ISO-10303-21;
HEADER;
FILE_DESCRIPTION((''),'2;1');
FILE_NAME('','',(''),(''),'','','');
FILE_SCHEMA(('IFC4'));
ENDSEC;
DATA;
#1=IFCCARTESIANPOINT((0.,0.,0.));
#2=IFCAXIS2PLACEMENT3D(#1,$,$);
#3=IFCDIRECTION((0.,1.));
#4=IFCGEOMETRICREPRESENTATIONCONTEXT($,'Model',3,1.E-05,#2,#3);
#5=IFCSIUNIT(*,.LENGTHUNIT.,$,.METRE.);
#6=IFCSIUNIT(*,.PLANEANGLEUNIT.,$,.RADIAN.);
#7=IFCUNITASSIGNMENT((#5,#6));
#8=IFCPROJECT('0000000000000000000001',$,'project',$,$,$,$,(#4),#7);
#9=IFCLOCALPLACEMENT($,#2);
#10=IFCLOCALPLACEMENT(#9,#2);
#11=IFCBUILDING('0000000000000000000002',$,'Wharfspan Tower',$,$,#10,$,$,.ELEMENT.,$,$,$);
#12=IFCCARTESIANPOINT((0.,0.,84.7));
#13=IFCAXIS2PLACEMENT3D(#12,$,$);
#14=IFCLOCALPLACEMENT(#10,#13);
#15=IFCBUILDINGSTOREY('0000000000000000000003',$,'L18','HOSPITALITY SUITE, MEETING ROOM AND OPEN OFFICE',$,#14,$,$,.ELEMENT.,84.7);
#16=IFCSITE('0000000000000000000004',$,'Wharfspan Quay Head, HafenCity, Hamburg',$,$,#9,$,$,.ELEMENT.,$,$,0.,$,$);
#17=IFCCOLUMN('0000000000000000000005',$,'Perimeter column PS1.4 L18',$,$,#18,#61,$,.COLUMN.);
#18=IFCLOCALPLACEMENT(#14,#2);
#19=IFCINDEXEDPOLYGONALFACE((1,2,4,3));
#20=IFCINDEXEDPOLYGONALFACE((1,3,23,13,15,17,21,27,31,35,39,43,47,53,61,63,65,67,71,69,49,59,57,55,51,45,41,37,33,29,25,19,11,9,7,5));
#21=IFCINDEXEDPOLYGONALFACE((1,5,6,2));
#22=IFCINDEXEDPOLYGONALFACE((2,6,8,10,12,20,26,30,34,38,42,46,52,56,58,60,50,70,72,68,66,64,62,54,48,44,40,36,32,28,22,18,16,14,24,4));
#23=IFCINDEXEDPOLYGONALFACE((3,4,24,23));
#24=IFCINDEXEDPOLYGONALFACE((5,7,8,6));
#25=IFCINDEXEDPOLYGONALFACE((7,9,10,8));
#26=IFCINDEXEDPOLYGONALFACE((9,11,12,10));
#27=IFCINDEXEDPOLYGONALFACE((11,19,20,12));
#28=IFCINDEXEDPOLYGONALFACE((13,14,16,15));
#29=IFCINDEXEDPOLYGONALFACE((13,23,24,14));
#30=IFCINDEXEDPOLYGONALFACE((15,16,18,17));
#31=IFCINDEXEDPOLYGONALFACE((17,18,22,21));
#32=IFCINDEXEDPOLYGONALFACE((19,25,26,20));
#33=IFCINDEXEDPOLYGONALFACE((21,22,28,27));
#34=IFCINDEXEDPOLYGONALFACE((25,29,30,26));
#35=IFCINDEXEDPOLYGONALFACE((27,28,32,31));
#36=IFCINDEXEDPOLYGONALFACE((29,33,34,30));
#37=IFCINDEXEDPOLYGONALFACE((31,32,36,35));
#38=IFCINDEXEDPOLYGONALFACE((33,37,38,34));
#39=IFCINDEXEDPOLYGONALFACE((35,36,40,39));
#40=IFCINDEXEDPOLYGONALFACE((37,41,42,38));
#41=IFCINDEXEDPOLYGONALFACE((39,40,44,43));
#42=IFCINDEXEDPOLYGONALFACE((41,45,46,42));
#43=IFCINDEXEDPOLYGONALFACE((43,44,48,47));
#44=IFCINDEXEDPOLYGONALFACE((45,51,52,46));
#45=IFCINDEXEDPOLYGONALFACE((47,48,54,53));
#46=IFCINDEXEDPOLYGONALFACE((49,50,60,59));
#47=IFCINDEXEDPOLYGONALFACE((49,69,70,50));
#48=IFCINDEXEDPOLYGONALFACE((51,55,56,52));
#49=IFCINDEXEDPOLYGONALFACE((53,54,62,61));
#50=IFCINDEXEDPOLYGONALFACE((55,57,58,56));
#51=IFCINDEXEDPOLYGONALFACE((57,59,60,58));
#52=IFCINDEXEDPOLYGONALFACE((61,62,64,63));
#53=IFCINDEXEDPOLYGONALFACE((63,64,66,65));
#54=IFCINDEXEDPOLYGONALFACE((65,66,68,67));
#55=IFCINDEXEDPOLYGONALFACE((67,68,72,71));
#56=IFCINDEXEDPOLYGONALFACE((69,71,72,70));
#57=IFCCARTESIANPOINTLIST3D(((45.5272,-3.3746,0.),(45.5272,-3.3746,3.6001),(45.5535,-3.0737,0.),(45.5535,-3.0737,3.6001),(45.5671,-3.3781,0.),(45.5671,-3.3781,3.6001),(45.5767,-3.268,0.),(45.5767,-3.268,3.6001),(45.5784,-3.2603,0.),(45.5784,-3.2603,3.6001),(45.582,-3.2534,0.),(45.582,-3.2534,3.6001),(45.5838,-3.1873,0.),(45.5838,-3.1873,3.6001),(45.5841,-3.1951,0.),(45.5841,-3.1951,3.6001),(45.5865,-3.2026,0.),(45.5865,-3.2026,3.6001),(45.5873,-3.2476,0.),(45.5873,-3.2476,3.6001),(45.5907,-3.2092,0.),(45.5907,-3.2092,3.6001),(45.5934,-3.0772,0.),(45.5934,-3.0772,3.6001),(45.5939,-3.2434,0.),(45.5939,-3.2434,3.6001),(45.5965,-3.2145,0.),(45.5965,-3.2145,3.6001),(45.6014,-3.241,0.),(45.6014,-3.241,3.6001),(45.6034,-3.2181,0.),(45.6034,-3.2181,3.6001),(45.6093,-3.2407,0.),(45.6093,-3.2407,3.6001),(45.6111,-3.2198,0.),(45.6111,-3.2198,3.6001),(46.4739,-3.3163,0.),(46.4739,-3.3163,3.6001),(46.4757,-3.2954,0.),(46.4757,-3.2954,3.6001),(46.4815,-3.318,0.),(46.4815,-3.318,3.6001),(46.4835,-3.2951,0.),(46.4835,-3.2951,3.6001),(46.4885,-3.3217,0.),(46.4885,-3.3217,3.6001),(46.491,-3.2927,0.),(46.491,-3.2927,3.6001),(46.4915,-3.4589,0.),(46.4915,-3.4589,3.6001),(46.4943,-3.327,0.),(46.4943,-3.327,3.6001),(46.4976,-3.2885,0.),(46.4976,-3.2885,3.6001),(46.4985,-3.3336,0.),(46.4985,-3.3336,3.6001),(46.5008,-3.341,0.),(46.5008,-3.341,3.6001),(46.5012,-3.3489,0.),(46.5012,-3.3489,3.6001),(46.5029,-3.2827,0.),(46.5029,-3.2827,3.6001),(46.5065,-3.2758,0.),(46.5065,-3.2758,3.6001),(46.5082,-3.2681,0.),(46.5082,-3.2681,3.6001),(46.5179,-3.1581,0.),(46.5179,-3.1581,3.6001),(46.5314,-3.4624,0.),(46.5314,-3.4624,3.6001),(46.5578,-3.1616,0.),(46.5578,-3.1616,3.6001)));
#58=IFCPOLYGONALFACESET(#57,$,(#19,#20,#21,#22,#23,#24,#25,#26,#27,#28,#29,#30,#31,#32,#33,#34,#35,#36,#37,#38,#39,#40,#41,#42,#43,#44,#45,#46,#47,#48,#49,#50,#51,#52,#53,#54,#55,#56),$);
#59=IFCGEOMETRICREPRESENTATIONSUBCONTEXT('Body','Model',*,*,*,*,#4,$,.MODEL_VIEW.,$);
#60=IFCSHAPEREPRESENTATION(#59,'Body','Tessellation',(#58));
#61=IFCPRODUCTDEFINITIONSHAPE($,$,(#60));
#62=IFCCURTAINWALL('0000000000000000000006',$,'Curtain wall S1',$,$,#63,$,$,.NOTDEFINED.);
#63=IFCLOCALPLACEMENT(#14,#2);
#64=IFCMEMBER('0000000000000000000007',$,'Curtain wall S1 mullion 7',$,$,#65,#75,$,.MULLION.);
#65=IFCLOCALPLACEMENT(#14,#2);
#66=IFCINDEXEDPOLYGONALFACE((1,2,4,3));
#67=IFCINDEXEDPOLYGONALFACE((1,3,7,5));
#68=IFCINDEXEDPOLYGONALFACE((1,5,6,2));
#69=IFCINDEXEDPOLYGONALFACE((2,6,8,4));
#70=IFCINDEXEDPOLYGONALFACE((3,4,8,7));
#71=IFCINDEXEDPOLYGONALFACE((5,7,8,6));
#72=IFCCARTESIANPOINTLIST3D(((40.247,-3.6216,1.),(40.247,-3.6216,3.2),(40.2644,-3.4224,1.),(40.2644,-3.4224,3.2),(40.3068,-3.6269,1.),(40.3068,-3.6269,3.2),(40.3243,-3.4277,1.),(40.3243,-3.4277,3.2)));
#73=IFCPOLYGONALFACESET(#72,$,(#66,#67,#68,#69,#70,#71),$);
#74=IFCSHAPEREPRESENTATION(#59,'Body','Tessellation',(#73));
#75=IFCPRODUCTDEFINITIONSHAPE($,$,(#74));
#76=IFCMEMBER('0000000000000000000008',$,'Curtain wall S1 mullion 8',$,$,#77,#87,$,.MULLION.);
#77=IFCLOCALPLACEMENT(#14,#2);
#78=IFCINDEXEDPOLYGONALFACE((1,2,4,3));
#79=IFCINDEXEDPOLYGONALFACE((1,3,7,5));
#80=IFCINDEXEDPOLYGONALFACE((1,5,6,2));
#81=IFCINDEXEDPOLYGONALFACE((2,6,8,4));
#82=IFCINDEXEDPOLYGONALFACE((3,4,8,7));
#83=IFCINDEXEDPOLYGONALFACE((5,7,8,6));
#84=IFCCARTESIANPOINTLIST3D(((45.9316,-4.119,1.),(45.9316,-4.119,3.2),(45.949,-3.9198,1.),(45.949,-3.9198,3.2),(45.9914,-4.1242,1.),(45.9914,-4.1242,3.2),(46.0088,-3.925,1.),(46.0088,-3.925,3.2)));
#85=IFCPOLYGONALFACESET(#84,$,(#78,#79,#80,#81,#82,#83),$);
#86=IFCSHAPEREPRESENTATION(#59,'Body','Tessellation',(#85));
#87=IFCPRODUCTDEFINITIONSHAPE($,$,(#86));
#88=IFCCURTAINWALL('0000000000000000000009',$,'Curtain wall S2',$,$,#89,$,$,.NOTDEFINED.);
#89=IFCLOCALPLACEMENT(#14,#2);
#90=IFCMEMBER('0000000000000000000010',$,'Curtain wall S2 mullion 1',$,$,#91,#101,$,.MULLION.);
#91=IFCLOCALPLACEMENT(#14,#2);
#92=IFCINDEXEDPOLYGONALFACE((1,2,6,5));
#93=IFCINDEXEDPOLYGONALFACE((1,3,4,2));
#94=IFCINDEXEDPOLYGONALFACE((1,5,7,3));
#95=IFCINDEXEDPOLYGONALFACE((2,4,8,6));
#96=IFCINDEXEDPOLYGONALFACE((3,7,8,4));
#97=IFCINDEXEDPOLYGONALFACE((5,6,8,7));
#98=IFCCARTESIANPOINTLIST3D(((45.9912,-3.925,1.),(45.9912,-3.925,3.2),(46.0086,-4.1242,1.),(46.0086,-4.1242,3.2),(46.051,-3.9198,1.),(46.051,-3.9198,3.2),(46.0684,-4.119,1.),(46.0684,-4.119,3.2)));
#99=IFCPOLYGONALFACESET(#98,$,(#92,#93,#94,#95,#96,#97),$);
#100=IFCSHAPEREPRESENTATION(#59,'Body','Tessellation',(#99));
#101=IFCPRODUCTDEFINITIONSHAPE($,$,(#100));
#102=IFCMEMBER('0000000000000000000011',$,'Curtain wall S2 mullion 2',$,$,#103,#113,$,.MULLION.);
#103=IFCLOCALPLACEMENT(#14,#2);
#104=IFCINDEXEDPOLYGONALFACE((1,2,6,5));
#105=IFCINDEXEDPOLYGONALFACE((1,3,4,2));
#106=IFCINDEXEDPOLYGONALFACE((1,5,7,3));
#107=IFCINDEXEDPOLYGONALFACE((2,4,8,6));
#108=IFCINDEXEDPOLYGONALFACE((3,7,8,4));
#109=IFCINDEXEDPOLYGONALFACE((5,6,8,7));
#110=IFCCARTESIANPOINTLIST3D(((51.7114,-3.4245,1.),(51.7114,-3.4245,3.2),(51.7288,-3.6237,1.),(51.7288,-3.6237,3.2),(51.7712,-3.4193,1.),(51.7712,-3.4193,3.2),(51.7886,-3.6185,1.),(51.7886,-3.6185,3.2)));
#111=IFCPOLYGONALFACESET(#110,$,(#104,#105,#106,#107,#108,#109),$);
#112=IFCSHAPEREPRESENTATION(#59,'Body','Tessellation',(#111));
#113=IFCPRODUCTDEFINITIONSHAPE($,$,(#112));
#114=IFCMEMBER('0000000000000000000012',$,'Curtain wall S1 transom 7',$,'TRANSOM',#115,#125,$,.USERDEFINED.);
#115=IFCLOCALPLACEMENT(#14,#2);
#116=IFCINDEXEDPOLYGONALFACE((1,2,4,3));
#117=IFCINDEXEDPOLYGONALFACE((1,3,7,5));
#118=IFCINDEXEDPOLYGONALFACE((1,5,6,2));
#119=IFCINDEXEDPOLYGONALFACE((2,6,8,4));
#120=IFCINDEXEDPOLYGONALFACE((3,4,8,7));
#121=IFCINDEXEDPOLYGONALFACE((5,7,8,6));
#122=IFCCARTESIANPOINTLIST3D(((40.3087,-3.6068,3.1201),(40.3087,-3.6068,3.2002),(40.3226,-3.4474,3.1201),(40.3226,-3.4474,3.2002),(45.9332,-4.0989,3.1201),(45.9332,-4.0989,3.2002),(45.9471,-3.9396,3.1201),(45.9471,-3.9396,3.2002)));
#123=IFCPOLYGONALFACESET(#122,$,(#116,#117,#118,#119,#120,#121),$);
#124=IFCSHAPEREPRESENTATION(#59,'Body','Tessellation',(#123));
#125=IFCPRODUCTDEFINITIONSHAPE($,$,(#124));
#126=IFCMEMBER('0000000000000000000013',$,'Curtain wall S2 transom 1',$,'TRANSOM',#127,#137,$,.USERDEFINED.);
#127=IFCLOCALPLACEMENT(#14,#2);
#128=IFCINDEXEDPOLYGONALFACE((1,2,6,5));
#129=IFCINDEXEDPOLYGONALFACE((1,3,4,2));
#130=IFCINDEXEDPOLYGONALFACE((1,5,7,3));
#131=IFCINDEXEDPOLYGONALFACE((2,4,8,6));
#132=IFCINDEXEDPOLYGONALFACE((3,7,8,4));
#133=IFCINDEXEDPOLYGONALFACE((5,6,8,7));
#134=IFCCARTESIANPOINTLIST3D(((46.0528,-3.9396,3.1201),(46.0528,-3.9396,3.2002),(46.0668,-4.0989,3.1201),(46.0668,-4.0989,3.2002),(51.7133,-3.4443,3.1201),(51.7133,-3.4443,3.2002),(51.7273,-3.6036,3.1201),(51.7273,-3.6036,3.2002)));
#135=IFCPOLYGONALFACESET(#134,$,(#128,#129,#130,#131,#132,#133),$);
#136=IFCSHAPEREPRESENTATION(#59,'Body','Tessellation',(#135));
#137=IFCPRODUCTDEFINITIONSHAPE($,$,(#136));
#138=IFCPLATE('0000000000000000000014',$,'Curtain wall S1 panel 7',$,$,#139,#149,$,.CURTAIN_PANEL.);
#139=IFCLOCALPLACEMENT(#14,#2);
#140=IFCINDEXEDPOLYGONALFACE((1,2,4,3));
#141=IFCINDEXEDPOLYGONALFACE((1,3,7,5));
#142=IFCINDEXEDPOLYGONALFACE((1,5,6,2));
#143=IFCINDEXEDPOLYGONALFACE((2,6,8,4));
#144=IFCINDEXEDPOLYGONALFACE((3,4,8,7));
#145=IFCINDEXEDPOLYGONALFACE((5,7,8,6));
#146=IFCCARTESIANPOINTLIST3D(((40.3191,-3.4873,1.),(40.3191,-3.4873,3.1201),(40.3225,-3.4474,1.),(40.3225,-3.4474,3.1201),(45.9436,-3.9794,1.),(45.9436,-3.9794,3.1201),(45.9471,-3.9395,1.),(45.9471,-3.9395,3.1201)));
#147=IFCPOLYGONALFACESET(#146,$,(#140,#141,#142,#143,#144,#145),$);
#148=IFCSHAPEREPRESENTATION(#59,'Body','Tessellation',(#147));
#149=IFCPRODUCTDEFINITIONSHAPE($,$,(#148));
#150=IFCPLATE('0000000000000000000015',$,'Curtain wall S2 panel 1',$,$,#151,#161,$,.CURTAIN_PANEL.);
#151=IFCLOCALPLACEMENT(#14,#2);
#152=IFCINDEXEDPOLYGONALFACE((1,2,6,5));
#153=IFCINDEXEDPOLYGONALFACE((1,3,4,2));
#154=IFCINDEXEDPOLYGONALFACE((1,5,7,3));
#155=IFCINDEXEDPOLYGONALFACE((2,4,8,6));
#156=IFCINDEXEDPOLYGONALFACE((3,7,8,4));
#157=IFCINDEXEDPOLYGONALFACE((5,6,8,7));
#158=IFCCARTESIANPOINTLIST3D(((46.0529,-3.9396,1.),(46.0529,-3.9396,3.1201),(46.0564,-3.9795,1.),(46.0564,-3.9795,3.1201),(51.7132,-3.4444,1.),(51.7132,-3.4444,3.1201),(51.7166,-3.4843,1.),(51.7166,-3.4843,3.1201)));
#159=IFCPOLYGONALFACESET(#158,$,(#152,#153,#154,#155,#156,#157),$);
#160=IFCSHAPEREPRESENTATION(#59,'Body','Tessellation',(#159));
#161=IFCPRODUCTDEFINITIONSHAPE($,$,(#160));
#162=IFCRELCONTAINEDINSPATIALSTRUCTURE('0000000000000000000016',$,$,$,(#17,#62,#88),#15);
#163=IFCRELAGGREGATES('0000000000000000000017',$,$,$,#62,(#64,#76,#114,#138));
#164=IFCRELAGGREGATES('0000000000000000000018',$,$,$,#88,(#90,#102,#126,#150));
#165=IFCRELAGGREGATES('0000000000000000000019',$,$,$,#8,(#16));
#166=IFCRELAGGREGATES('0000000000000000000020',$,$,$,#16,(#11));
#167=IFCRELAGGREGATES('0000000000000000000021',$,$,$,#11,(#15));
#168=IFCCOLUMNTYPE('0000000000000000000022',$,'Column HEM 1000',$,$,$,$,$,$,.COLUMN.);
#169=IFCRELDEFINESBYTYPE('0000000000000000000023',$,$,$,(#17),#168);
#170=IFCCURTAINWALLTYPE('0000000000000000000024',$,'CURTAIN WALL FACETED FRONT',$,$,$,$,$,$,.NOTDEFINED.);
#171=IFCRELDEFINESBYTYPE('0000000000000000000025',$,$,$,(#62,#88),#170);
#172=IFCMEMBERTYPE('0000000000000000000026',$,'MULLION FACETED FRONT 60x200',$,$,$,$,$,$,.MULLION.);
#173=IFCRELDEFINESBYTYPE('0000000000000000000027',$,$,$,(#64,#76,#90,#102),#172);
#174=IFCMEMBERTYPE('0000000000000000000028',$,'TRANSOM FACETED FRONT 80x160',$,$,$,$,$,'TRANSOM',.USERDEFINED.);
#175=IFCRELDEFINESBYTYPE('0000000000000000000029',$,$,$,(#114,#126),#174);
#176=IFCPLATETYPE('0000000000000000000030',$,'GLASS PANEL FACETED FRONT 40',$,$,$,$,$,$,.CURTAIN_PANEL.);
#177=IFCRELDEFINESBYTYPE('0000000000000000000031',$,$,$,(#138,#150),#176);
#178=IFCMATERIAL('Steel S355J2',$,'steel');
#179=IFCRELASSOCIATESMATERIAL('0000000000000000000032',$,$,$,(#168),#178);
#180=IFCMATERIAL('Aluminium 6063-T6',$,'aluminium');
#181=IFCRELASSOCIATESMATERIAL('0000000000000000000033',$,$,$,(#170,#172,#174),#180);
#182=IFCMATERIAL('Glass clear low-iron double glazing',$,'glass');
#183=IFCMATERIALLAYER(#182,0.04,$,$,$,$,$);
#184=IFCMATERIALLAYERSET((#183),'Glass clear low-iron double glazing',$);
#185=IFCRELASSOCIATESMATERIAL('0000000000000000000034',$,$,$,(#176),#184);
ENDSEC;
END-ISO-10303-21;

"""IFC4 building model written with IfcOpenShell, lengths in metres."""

from ifc_helpers import new_model, si_unit, direction, frame, origin, origin_2d, place, context, subcontext, project, spatial, rectangle, i_section, extrude, material, layer, layer_set, material_profile, profile_set, type_object, element, aggregate, save


model = new_model("IFC4")

# Units and contexts
model_context = context("Model", 3, precision=1e-05, world=origin(), true_north=direction((0.0, 1.0)))
body_context = subcontext(model_context, "Body", "Model", "MODEL_VIEW")
ifc_project = project(units=[si_unit("LENGTHUNIT", "METRE"), si_unit("PLANEANGLEUNIT", "RADIAN")], contexts=[model_context])

# Site, building, storey
site_placement = place(None, origin())
site = spatial("IfcSite", under=ifc_project, at=site_placement, Name="Wharfspan Quay Head, HafenCity, Hamburg", CompositionType="ELEMENT", RefElevation=0.0)
building_placement = place(site_placement, origin())
building = spatial("IfcBuilding", under=site, at=building_placement, Name="Wharfspan Tower", CompositionType="ELEMENT")
storey_placement = place(building_placement, frame((0.0, 0.0, 84.7)))
storey = spatial("IfcBuildingStorey", under=building, at=storey_placement, Name="L18", Description="HOSPITALITY SUITE, MEETING ROOM AND OPEN OFFICE", CompositionType="ELEMENT", Elevation=84.7)

# Column
ifc_material_1 = material(Name="Steel S355J2", Category="steel")
ifc_material_profile_1 = material_profile(ifc_material_1, i_section(OverallWidth=0.302, OverallDepth=1.0081, WebThickness=0.021, FlangeThickness=0.04, FilletRadius=0.03, at=origin_2d()))
ifc_profile_set_1 = profile_set([ifc_material_profile_1], Name="Steel S355J2")
column_type = type_object("IfcColumnType", Name="Column HEM 1000", PredefinedType="COLUMN", material=ifc_profile_set_1)
column_placement = place(storey_placement, frame((46.0425, -3.2681, 0.0), z_axis=(0.0, 0.0, 1.0), x_axis=(-0.087156, -0.996198, 0.0)))
element("IfcColumn", 1, at=column_placement, inside=storey, type_object=column_type, Name="Perimeter column PS1.4 L18", PredefinedType="COLUMN", context=body_context, shape_type="SweptSolid", body=[
    extrude(i_section(OverallWidth=0.302, OverallDepth=1.0081, WebThickness=0.021, FlangeThickness=0.04, FilletRadius=0.03, at=origin_2d()), origin(), (0.0, 0.0, 1.0), 3.6001),
])

# Curtain walls, members
ifc_material_2 = material(Name="Aluminium 6063-T6", Category="aluminium")
curtain_wall_type = type_object("IfcCurtainWallType", Name="CURTAIN WALL FACETED FRONT", PredefinedType="NOTDEFINED", material=ifc_material_2)
curtain_wall_1_placement = place(storey_placement, origin())
curtain_wall_1 = element("IfcCurtainWall", 2, at=curtain_wall_1_placement, inside=storey, type_object=curtain_wall_type, Name="Curtain wall S1", PredefinedType="NOTDEFINED")
ifc_material_profile_2 = material_profile(ifc_material_2, rectangle(XDim=0.2, YDim=0.0601, at=origin_2d()))
ifc_profile_set_2 = profile_set([ifc_material_profile_2], Name="Aluminium 6063-T6")
member_type_1 = type_object("IfcMemberType", Name="MULLION FACETED FRONT 60x200", PredefinedType="MULLION", material=ifc_profile_set_2)
member_1_placement = place(storey_placement, frame((40.2856, -3.5247, 1.0), z_axis=(0.0, 0.0, 1.0), x_axis=(0.087156, 0.996197, 0.0)))
member_1 = element("IfcMember", 3, at=member_1_placement, type_object=member_type_1, Name="Curtain wall S1 mullion 7", PredefinedType="MULLION", context=body_context, shape_type="SweptSolid", body=[
    extrude(rectangle(XDim=0.2, YDim=0.0601, at=origin_2d()), origin(), (0.0, 0.0, 1.0), 2.2),
])
member_2_placement = place(storey_placement, frame((45.9702, -4.022, 1.0), z_axis=(0.0, 0.0, 1.0), x_axis=(0.087156, 0.996197, 0.0)))
member_2 = element("IfcMember", 4, at=member_2_placement, type_object=member_type_1, Name="Curtain wall S1 mullion 8", PredefinedType="MULLION", context=body_context, shape_type="SweptSolid", body=[
    extrude(rectangle(XDim=0.2, YDim=0.0601, at=origin_2d()), origin(), (0.0, 0.0, 1.0), 2.2),
])
curtain_wall_2_placement = place(storey_placement, origin())
curtain_wall_2 = element("IfcCurtainWall", 5, at=curtain_wall_2_placement, inside=storey, type_object=curtain_wall_type, Name="Curtain wall S2", PredefinedType="NOTDEFINED")
member_3_placement = place(storey_placement, frame((46.0298, -4.022, 1.0), z_axis=(0.0, 0.0, 1.0), x_axis=(-0.087156, 0.996197, 0.0)))
member_3 = element("IfcMember", 6, at=member_3_placement, type_object=member_type_1, Name="Curtain wall S2 mullion 1", PredefinedType="MULLION", context=body_context, shape_type="SweptSolid", body=[
    extrude(rectangle(XDim=0.2, YDim=0.0601, at=origin_2d()), origin(), (0.0, 0.0, 1.0), 2.2),
])
member_4_placement = place(storey_placement, frame((51.75, -3.5215, 1.0), z_axis=(0.0, 0.0, 1.0), x_axis=(-0.087156, 0.996197, 0.0)))
member_4 = element("IfcMember", 7, at=member_4_placement, type_object=member_type_1, Name="Curtain wall S2 mullion 2", PredefinedType="MULLION", context=body_context, shape_type="SweptSolid", body=[
    extrude(rectangle(XDim=0.2, YDim=0.0601, at=origin_2d()), origin(), (0.0, 0.0, 1.0), 2.2),
])

# Members
ifc_material_profile_3 = material_profile(ifc_material_2, rectangle(XDim=0.1599, YDim=0.0801, at=origin_2d()))
ifc_profile_set_3 = profile_set([ifc_material_profile_3], Name="Aluminium 6063-T6")
member_type_2 = type_object("IfcMemberType", Name="TRANSOM FACETED FRONT 80x160", ElementType="TRANSOM", PredefinedType="USERDEFINED", material=ifc_profile_set_3)
member_5_placement = place(storey_placement, frame((40.3157, -3.5271, 3.1602), z_axis=(0.996193, -0.087174, 0.0), x_axis=(0.087174, 0.996193, 0.0)))
member_5 = element("IfcMember", 8, at=member_5_placement, type_object=member_type_2, Name="Curtain wall S1 transom 7", ObjectType="TRANSOM", PredefinedType="USERDEFINED", context=body_context, shape_type="SweptSolid", body=[
    extrude(rectangle(XDim=0.1599, YDim=0.0801, at=origin_2d()), origin(), (0.0, 0.0, 1.0), 5.646),
])
member_6_placement = place(storey_placement, frame((46.0598, -4.0193, 3.1602), z_axis=(0.996193, 0.08718, 0.0), x_axis=(-0.08718, 0.996193, 0.0)))
member_6 = element("IfcMember", 9, at=member_6_placement, type_object=member_type_2, Name="Curtain wall S2 transom 1", ObjectType="TRANSOM", PredefinedType="USERDEFINED", context=body_context, shape_type="SweptSolid", body=[
    extrude(rectangle(XDim=0.1599, YDim=0.0801, at=origin_2d()), origin(), (0.0, 0.0, 1.0), 5.6821),
])

# Plates
ifc_material_3 = material(Name="Glass clear low-iron double glazing", Category="glass")
ifc_layer_1 = layer(ifc_material_3, 0.04)
ifc_layer_set_1 = layer_set([ifc_layer_1], Name="Glass clear low-iron double glazing")
plate_type = type_object("IfcPlateType", Name="GLASS PANEL FACETED FRONT 40", PredefinedType="CURTAIN_PANEL", material=ifc_layer_set_1)
plate_1_placement = place(storey_placement, frame((43.1331, -3.7134, 1.0), z_axis=(0.0, 0.0, 1.0), x_axis=(0.996197, -0.087156, 0.0)))
plate_1 = element("IfcPlate", 10, at=plate_1_placement, type_object=plate_type, Name="Curtain wall S1 panel 7", PredefinedType="CURTAIN_PANEL", context=body_context, shape_type="SweptSolid", body=[
    extrude(rectangle(XDim=5.646, YDim=0.04, at=origin_2d()), origin(), (0.0, 0.0, 1.0), 2.1201),
])
aggregate(curtain_wall_1, [member_1, member_2, member_5, plate_1])
plate_2_placement = place(storey_placement, frame((48.8848, -3.7119, 1.0), z_axis=(0.0, 0.0, 1.0), x_axis=(0.996197, 0.087156, 0.0)))
plate_2 = element("IfcPlate", 11, at=plate_2_placement, type_object=plate_type, Name="Curtain wall S2 panel 1", PredefinedType="CURTAIN_PANEL", context=body_context, shape_type="SweptSolid", body=[
    extrude(rectangle(XDim=5.6819, YDim=0.04, at=origin_2d()), origin(), (0.0, 0.0, 1.0), 2.1201),
])
aggregate(curtain_wall_2, [member_3, member_4, member_6, plate_2])

save(model, "model.ifc")
